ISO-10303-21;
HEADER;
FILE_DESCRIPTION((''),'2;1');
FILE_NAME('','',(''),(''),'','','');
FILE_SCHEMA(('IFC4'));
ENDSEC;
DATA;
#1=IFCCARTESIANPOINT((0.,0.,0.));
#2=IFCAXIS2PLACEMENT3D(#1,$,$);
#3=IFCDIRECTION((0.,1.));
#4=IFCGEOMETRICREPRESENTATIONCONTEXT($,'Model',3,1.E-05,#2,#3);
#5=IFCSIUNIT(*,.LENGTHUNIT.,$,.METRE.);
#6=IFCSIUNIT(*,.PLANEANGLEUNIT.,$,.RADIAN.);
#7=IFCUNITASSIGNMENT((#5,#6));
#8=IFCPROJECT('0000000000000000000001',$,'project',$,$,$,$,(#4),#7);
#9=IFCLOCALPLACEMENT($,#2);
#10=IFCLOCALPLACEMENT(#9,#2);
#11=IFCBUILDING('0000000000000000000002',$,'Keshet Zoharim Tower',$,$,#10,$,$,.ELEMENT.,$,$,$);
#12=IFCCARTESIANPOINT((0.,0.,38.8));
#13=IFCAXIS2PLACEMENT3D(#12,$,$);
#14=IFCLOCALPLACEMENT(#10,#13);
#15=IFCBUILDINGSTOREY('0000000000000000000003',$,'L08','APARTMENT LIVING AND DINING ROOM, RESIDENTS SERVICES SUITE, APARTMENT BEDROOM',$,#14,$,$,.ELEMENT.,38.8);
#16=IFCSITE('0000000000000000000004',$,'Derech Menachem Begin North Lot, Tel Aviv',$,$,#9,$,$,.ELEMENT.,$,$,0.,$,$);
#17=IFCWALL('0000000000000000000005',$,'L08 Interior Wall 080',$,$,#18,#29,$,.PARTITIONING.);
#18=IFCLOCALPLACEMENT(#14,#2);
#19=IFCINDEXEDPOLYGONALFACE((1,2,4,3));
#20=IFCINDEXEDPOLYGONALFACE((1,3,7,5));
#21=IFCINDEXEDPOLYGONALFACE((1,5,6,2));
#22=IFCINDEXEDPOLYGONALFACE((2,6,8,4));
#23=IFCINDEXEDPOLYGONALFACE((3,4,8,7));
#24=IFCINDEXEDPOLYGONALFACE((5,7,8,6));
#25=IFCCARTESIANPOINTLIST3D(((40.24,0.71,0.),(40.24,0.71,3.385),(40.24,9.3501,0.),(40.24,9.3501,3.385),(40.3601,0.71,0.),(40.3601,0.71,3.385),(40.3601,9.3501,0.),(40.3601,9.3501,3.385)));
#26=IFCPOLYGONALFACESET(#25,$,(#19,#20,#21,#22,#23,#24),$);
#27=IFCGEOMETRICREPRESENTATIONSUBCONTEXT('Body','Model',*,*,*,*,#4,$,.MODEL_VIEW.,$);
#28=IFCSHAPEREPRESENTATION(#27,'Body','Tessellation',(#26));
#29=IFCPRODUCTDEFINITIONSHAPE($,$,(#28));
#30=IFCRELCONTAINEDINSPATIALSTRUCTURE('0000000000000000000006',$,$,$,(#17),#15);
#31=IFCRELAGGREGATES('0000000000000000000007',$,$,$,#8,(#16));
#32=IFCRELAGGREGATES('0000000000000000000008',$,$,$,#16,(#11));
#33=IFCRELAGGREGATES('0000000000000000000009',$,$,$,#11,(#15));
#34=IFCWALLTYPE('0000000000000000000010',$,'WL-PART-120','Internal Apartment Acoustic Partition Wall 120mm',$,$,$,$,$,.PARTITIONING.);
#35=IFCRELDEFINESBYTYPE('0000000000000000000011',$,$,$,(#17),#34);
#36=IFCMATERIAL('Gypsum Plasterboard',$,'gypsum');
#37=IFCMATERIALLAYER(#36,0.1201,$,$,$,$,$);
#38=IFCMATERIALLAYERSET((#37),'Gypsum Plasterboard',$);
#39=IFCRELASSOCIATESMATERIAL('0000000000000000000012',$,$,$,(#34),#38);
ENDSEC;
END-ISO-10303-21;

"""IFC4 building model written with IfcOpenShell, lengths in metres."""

from ifc_helpers import new_model, si_unit, direction, frame, frame_2d, origin, place, context, subcontext, project, spatial, rectangle, extrude, material, layer, layer_set, type_object, element, save


model = new_model("IFC4")

# Units and contexts
model_context = context("Model", 3, precision=1e-05, world=origin(), true_north=direction((0.0, 1.0)))
body_context = subcontext(model_context, "Body", "Model", "MODEL_VIEW")
ifc_project = project(units=[si_unit("LENGTHUNIT", "METRE"), si_unit("PLANEANGLEUNIT", "RADIAN")], contexts=[model_context])

# Site, building, storey
site_placement = place(None, origin())
site = spatial("IfcSite", under=ifc_project, at=site_placement, Name="Derech Menachem Begin North Lot, Tel Aviv", CompositionType="ELEMENT", RefElevation=0.0)
building_placement = place(site_placement, origin())
building = spatial("IfcBuilding", under=site, at=building_placement, Name="Keshet Zoharim Tower", CompositionType="ELEMENT")
storey_placement = place(building_placement, frame((0.0, 0.0, 38.8)))
storey = spatial("IfcBuildingStorey", under=building, at=storey_placement, Name="L08", Description="APARTMENT LIVING AND DINING ROOM, RESIDENTS SERVICES SUITE, APARTMENT BEDROOM", CompositionType="ELEMENT", Elevation=38.8)

# Wall
ifc_material_1 = material(Name="Gypsum Plasterboard", Category="gypsum")
ifc_layer_1 = layer(ifc_material_1, 0.1201)
ifc_layer_set_1 = layer_set([ifc_layer_1], Name="Gypsum Plasterboard")
wall_type = type_object("IfcWallType", Name="WL-PART-120", Description="Internal Apartment Acoustic Partition Wall 120mm", PredefinedType="PARTITIONING", material=ifc_layer_set_1)
wall_1_placement = place(storey_placement, frame((40.3, 0.71, 0.0), z_axis=(0.0, 0.0, 1.0), x_axis=(0.0, 1.0, 0.0)))
element("IfcWall", 1, at=wall_1_placement, inside=storey, type_object=wall_type, Name="L08 Interior Wall 080", PredefinedType="PARTITIONING", context=body_context, shape_type="SweptSolid", body=[
    extrude(rectangle(XDim=8.6401, YDim=0.1201, at=frame_2d((4.3201, 0.0))), origin(), (0.0, 0.0, 1.0), 3.385),
])

save(model, "model.ifc")
